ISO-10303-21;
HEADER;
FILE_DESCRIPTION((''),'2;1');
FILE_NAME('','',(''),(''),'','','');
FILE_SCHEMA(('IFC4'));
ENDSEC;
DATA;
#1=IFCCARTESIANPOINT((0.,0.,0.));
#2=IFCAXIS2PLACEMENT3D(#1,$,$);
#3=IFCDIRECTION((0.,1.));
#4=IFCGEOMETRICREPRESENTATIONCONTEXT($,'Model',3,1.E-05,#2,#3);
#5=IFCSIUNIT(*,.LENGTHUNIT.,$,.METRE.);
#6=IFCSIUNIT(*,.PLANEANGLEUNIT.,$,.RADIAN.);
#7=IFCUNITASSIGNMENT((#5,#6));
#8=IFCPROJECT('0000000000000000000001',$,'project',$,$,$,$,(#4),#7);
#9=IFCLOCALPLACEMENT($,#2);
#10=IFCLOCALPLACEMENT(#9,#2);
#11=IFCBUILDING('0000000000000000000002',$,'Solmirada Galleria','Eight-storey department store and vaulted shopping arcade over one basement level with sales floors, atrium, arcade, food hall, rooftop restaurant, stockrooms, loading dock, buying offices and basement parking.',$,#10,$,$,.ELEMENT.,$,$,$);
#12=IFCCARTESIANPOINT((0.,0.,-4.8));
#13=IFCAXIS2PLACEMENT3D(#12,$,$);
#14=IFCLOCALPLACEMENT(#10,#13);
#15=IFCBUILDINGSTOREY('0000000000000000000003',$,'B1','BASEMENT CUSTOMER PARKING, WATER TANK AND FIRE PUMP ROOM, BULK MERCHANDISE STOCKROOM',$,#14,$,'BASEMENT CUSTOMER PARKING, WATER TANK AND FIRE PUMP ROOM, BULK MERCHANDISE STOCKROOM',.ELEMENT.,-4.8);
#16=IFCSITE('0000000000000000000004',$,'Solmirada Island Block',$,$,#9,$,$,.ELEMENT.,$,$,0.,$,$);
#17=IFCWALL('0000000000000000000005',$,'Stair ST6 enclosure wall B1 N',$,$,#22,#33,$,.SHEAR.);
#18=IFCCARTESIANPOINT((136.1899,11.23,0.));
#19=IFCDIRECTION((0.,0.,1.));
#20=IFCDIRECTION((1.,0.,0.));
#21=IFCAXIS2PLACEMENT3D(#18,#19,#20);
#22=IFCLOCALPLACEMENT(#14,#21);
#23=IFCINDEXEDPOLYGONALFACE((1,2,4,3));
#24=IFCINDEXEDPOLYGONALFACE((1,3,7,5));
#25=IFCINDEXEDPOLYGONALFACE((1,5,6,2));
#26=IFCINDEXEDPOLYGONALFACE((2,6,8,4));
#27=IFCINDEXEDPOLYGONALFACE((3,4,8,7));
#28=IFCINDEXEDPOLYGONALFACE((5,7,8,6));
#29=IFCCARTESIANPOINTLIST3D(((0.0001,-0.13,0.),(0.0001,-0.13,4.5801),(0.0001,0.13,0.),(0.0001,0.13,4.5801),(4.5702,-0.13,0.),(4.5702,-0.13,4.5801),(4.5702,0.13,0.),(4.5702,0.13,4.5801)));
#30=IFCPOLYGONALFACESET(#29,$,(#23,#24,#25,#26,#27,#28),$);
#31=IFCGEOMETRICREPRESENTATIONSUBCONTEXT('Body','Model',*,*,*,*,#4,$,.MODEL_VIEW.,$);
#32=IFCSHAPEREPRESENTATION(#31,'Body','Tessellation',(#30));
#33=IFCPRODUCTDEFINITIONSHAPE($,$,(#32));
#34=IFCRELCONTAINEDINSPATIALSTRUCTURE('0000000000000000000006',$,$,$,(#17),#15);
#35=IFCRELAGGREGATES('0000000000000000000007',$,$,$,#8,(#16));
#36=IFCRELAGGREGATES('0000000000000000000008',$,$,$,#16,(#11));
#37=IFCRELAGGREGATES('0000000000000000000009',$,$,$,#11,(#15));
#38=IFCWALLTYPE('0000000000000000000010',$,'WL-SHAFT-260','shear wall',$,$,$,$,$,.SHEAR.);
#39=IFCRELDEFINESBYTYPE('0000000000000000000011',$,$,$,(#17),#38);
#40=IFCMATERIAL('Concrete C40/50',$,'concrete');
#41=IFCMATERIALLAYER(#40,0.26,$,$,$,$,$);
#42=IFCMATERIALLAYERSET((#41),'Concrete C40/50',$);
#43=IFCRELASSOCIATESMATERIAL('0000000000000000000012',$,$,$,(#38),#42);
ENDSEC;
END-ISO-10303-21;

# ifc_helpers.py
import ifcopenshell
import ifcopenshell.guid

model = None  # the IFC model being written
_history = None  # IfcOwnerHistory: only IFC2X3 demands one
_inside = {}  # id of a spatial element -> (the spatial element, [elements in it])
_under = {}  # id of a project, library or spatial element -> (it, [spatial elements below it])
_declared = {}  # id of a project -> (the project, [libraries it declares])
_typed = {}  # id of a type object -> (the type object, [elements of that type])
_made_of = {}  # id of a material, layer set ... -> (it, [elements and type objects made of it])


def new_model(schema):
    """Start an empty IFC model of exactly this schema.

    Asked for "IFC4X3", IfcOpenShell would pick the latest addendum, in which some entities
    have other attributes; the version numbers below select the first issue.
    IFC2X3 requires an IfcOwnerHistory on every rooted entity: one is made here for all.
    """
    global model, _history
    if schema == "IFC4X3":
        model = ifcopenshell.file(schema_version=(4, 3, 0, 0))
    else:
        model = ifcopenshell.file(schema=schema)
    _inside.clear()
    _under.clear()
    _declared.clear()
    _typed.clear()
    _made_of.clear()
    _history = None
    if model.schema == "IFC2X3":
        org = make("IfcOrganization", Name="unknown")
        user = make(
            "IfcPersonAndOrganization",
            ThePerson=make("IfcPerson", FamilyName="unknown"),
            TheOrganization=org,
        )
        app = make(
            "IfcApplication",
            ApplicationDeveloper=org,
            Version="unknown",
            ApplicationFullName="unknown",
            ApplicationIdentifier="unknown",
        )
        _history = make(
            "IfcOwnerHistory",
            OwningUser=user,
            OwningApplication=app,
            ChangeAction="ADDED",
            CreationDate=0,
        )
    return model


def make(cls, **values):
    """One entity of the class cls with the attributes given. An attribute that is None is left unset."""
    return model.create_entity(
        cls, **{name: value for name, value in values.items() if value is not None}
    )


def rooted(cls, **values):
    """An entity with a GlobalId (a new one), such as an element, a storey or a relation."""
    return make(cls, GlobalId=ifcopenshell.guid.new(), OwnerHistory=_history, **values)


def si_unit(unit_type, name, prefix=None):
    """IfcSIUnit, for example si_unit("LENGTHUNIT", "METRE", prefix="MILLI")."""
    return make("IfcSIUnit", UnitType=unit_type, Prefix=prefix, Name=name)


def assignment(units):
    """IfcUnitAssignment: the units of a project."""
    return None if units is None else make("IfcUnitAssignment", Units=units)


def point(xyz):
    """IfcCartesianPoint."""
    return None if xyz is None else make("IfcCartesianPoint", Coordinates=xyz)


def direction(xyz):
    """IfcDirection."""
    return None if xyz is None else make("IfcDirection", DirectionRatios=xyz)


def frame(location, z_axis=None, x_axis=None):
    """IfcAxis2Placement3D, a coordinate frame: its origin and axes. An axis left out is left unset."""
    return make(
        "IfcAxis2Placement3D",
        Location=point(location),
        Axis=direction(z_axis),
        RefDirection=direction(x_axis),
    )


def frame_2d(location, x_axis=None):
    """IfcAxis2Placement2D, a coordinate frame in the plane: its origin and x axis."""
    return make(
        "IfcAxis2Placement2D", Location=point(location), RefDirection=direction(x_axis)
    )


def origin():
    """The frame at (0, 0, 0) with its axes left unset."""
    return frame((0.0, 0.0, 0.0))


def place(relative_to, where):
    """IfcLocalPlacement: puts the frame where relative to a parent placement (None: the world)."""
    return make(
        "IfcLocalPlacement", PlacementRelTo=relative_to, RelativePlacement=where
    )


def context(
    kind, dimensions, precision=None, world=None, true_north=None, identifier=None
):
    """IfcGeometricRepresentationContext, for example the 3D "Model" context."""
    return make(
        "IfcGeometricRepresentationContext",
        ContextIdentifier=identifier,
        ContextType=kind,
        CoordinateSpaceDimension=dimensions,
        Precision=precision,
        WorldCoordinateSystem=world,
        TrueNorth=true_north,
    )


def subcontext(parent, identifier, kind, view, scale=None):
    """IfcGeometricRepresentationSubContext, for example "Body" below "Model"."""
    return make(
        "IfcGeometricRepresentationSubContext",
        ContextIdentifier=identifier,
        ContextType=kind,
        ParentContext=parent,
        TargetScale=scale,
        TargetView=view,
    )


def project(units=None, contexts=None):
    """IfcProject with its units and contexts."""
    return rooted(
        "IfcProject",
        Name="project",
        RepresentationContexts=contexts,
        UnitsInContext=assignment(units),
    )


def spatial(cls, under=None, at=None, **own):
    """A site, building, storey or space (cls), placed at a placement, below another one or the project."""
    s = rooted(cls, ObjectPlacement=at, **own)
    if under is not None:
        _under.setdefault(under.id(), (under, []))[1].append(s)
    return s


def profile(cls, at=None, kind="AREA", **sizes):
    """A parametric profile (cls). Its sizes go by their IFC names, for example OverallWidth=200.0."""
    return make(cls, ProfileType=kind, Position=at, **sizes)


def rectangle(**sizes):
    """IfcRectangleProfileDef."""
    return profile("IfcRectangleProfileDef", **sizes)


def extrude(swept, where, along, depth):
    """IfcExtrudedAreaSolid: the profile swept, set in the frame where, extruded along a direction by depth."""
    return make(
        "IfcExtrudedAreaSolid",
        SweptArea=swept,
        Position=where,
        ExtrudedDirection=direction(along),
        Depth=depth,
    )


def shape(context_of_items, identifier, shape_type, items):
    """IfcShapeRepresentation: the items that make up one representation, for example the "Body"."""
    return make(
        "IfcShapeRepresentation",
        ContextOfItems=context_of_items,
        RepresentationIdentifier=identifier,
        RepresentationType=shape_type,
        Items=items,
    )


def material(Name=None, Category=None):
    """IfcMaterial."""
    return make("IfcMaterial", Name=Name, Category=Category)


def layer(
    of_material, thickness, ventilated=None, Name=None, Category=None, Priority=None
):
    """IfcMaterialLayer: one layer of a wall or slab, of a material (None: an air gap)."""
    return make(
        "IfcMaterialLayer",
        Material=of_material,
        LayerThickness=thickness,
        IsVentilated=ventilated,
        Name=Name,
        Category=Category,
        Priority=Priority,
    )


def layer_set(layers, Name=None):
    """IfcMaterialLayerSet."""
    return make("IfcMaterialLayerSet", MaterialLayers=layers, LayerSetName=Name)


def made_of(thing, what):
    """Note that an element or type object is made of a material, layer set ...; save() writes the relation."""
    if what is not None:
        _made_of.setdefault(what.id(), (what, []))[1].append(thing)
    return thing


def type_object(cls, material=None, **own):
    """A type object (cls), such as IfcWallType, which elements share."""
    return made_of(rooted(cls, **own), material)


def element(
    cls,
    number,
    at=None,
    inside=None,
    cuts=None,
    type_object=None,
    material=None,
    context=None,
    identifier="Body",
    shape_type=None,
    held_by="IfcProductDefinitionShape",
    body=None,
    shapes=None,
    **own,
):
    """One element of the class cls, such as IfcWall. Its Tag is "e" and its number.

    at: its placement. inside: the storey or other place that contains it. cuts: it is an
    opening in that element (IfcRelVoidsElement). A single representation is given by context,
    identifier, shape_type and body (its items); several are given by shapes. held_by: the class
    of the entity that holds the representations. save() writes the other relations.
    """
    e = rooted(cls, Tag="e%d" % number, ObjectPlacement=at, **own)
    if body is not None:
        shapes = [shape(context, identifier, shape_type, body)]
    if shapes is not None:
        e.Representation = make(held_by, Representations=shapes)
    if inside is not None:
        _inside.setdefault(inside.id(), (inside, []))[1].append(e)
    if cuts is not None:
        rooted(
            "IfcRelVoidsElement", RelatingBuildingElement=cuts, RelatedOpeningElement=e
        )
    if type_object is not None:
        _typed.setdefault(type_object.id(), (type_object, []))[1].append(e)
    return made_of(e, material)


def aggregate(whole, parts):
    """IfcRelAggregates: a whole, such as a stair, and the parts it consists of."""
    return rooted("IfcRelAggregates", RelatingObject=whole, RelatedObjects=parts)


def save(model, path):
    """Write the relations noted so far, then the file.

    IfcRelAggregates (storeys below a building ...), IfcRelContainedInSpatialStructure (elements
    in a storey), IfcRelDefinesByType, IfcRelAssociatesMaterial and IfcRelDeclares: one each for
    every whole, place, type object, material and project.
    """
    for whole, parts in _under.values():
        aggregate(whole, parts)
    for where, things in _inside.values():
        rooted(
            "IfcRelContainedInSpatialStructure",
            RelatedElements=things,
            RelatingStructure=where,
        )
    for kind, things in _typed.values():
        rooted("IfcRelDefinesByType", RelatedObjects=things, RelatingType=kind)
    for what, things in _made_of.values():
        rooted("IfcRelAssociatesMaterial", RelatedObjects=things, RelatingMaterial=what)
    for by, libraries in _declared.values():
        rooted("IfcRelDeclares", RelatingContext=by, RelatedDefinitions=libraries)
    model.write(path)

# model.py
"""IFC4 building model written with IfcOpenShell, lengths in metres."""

from ifc_helpers import new_model, si_unit, direction, frame, frame_2d, origin, place, context, subcontext, project, spatial, rectangle, extrude, material, layer, layer_set, type_object, element, save


model = new_model("IFC4")

# Units and contexts
model_context = context("Model", 3, precision=1e-05, world=origin(), true_north=direction((0.0, 1.0)))
body_context = subcontext(model_context, "Body", "Model", "MODEL_VIEW")
ifc_project = project(units=[si_unit("LENGTHUNIT", "METRE"), si_unit("PLANEANGLEUNIT", "RADIAN")], contexts=[model_context])

# Site, building, storey
site_placement = place(None, origin())
site = spatial("IfcSite", under=ifc_project, at=site_placement, Name="Solmirada Island Block", CompositionType="ELEMENT", RefElevation=0.0)
building_placement = place(site_placement, origin())
building = spatial("IfcBuilding", under=site, at=building_placement, Name="Solmirada Galleria", Description="Eight-storey department store and vaulted shopping arcade over one basement level with sales floors, atrium, arcade, food hall, rooftop restaurant, stockrooms, loading dock, buying offices and basement parking.", CompositionType="ELEMENT")
storey_placement = place(building_placement, frame((0.0, 0.0, -4.8)))
storey = spatial("IfcBuildingStorey", under=building, at=storey_placement, Name="B1", Description="BASEMENT CUSTOMER PARKING, WATER TANK AND FIRE PUMP ROOM, BULK MERCHANDISE STOCKROOM", LongName="BASEMENT CUSTOMER PARKING, WATER TANK AND FIRE PUMP ROOM, BULK MERCHANDISE STOCKROOM", CompositionType="ELEMENT", Elevation=-4.8)

# Shared definitions
ifc_material_1 = material(Name="Concrete C40/50", Category="concrete")

# Wall
ifc_layer_1 = layer(ifc_material_1, 0.26)
ifc_layer_set_1 = layer_set([ifc_layer_1], Name="Concrete C40/50")
wall_type_1 = type_object("IfcWallType", Name="WL-SHAFT-260", Description="shear wall", PredefinedType="SHEAR", material=ifc_layer_set_1)
wall_1_placement = place(storey_placement, frame((136.1899, 11.23, 0.0), z_axis=(0.0, 0.0, 1.0), x_axis=(1.0, 0.0, 0.0)))
element("IfcWall", 1, at=wall_1_placement, inside=storey, type_object=wall_type_1, Name="Stair ST6 enclosure wall B1 N", PredefinedType="SHEAR", context=body_context, shape_type="SweptSolid", body=[
    extrude(rectangle(XDim=4.5701, YDim=0.26, at=frame_2d((2.2852, 0.0))), origin(), (0.0, 0.0, 1.0), 4.5801),
])

save(model, "model.ifc")
